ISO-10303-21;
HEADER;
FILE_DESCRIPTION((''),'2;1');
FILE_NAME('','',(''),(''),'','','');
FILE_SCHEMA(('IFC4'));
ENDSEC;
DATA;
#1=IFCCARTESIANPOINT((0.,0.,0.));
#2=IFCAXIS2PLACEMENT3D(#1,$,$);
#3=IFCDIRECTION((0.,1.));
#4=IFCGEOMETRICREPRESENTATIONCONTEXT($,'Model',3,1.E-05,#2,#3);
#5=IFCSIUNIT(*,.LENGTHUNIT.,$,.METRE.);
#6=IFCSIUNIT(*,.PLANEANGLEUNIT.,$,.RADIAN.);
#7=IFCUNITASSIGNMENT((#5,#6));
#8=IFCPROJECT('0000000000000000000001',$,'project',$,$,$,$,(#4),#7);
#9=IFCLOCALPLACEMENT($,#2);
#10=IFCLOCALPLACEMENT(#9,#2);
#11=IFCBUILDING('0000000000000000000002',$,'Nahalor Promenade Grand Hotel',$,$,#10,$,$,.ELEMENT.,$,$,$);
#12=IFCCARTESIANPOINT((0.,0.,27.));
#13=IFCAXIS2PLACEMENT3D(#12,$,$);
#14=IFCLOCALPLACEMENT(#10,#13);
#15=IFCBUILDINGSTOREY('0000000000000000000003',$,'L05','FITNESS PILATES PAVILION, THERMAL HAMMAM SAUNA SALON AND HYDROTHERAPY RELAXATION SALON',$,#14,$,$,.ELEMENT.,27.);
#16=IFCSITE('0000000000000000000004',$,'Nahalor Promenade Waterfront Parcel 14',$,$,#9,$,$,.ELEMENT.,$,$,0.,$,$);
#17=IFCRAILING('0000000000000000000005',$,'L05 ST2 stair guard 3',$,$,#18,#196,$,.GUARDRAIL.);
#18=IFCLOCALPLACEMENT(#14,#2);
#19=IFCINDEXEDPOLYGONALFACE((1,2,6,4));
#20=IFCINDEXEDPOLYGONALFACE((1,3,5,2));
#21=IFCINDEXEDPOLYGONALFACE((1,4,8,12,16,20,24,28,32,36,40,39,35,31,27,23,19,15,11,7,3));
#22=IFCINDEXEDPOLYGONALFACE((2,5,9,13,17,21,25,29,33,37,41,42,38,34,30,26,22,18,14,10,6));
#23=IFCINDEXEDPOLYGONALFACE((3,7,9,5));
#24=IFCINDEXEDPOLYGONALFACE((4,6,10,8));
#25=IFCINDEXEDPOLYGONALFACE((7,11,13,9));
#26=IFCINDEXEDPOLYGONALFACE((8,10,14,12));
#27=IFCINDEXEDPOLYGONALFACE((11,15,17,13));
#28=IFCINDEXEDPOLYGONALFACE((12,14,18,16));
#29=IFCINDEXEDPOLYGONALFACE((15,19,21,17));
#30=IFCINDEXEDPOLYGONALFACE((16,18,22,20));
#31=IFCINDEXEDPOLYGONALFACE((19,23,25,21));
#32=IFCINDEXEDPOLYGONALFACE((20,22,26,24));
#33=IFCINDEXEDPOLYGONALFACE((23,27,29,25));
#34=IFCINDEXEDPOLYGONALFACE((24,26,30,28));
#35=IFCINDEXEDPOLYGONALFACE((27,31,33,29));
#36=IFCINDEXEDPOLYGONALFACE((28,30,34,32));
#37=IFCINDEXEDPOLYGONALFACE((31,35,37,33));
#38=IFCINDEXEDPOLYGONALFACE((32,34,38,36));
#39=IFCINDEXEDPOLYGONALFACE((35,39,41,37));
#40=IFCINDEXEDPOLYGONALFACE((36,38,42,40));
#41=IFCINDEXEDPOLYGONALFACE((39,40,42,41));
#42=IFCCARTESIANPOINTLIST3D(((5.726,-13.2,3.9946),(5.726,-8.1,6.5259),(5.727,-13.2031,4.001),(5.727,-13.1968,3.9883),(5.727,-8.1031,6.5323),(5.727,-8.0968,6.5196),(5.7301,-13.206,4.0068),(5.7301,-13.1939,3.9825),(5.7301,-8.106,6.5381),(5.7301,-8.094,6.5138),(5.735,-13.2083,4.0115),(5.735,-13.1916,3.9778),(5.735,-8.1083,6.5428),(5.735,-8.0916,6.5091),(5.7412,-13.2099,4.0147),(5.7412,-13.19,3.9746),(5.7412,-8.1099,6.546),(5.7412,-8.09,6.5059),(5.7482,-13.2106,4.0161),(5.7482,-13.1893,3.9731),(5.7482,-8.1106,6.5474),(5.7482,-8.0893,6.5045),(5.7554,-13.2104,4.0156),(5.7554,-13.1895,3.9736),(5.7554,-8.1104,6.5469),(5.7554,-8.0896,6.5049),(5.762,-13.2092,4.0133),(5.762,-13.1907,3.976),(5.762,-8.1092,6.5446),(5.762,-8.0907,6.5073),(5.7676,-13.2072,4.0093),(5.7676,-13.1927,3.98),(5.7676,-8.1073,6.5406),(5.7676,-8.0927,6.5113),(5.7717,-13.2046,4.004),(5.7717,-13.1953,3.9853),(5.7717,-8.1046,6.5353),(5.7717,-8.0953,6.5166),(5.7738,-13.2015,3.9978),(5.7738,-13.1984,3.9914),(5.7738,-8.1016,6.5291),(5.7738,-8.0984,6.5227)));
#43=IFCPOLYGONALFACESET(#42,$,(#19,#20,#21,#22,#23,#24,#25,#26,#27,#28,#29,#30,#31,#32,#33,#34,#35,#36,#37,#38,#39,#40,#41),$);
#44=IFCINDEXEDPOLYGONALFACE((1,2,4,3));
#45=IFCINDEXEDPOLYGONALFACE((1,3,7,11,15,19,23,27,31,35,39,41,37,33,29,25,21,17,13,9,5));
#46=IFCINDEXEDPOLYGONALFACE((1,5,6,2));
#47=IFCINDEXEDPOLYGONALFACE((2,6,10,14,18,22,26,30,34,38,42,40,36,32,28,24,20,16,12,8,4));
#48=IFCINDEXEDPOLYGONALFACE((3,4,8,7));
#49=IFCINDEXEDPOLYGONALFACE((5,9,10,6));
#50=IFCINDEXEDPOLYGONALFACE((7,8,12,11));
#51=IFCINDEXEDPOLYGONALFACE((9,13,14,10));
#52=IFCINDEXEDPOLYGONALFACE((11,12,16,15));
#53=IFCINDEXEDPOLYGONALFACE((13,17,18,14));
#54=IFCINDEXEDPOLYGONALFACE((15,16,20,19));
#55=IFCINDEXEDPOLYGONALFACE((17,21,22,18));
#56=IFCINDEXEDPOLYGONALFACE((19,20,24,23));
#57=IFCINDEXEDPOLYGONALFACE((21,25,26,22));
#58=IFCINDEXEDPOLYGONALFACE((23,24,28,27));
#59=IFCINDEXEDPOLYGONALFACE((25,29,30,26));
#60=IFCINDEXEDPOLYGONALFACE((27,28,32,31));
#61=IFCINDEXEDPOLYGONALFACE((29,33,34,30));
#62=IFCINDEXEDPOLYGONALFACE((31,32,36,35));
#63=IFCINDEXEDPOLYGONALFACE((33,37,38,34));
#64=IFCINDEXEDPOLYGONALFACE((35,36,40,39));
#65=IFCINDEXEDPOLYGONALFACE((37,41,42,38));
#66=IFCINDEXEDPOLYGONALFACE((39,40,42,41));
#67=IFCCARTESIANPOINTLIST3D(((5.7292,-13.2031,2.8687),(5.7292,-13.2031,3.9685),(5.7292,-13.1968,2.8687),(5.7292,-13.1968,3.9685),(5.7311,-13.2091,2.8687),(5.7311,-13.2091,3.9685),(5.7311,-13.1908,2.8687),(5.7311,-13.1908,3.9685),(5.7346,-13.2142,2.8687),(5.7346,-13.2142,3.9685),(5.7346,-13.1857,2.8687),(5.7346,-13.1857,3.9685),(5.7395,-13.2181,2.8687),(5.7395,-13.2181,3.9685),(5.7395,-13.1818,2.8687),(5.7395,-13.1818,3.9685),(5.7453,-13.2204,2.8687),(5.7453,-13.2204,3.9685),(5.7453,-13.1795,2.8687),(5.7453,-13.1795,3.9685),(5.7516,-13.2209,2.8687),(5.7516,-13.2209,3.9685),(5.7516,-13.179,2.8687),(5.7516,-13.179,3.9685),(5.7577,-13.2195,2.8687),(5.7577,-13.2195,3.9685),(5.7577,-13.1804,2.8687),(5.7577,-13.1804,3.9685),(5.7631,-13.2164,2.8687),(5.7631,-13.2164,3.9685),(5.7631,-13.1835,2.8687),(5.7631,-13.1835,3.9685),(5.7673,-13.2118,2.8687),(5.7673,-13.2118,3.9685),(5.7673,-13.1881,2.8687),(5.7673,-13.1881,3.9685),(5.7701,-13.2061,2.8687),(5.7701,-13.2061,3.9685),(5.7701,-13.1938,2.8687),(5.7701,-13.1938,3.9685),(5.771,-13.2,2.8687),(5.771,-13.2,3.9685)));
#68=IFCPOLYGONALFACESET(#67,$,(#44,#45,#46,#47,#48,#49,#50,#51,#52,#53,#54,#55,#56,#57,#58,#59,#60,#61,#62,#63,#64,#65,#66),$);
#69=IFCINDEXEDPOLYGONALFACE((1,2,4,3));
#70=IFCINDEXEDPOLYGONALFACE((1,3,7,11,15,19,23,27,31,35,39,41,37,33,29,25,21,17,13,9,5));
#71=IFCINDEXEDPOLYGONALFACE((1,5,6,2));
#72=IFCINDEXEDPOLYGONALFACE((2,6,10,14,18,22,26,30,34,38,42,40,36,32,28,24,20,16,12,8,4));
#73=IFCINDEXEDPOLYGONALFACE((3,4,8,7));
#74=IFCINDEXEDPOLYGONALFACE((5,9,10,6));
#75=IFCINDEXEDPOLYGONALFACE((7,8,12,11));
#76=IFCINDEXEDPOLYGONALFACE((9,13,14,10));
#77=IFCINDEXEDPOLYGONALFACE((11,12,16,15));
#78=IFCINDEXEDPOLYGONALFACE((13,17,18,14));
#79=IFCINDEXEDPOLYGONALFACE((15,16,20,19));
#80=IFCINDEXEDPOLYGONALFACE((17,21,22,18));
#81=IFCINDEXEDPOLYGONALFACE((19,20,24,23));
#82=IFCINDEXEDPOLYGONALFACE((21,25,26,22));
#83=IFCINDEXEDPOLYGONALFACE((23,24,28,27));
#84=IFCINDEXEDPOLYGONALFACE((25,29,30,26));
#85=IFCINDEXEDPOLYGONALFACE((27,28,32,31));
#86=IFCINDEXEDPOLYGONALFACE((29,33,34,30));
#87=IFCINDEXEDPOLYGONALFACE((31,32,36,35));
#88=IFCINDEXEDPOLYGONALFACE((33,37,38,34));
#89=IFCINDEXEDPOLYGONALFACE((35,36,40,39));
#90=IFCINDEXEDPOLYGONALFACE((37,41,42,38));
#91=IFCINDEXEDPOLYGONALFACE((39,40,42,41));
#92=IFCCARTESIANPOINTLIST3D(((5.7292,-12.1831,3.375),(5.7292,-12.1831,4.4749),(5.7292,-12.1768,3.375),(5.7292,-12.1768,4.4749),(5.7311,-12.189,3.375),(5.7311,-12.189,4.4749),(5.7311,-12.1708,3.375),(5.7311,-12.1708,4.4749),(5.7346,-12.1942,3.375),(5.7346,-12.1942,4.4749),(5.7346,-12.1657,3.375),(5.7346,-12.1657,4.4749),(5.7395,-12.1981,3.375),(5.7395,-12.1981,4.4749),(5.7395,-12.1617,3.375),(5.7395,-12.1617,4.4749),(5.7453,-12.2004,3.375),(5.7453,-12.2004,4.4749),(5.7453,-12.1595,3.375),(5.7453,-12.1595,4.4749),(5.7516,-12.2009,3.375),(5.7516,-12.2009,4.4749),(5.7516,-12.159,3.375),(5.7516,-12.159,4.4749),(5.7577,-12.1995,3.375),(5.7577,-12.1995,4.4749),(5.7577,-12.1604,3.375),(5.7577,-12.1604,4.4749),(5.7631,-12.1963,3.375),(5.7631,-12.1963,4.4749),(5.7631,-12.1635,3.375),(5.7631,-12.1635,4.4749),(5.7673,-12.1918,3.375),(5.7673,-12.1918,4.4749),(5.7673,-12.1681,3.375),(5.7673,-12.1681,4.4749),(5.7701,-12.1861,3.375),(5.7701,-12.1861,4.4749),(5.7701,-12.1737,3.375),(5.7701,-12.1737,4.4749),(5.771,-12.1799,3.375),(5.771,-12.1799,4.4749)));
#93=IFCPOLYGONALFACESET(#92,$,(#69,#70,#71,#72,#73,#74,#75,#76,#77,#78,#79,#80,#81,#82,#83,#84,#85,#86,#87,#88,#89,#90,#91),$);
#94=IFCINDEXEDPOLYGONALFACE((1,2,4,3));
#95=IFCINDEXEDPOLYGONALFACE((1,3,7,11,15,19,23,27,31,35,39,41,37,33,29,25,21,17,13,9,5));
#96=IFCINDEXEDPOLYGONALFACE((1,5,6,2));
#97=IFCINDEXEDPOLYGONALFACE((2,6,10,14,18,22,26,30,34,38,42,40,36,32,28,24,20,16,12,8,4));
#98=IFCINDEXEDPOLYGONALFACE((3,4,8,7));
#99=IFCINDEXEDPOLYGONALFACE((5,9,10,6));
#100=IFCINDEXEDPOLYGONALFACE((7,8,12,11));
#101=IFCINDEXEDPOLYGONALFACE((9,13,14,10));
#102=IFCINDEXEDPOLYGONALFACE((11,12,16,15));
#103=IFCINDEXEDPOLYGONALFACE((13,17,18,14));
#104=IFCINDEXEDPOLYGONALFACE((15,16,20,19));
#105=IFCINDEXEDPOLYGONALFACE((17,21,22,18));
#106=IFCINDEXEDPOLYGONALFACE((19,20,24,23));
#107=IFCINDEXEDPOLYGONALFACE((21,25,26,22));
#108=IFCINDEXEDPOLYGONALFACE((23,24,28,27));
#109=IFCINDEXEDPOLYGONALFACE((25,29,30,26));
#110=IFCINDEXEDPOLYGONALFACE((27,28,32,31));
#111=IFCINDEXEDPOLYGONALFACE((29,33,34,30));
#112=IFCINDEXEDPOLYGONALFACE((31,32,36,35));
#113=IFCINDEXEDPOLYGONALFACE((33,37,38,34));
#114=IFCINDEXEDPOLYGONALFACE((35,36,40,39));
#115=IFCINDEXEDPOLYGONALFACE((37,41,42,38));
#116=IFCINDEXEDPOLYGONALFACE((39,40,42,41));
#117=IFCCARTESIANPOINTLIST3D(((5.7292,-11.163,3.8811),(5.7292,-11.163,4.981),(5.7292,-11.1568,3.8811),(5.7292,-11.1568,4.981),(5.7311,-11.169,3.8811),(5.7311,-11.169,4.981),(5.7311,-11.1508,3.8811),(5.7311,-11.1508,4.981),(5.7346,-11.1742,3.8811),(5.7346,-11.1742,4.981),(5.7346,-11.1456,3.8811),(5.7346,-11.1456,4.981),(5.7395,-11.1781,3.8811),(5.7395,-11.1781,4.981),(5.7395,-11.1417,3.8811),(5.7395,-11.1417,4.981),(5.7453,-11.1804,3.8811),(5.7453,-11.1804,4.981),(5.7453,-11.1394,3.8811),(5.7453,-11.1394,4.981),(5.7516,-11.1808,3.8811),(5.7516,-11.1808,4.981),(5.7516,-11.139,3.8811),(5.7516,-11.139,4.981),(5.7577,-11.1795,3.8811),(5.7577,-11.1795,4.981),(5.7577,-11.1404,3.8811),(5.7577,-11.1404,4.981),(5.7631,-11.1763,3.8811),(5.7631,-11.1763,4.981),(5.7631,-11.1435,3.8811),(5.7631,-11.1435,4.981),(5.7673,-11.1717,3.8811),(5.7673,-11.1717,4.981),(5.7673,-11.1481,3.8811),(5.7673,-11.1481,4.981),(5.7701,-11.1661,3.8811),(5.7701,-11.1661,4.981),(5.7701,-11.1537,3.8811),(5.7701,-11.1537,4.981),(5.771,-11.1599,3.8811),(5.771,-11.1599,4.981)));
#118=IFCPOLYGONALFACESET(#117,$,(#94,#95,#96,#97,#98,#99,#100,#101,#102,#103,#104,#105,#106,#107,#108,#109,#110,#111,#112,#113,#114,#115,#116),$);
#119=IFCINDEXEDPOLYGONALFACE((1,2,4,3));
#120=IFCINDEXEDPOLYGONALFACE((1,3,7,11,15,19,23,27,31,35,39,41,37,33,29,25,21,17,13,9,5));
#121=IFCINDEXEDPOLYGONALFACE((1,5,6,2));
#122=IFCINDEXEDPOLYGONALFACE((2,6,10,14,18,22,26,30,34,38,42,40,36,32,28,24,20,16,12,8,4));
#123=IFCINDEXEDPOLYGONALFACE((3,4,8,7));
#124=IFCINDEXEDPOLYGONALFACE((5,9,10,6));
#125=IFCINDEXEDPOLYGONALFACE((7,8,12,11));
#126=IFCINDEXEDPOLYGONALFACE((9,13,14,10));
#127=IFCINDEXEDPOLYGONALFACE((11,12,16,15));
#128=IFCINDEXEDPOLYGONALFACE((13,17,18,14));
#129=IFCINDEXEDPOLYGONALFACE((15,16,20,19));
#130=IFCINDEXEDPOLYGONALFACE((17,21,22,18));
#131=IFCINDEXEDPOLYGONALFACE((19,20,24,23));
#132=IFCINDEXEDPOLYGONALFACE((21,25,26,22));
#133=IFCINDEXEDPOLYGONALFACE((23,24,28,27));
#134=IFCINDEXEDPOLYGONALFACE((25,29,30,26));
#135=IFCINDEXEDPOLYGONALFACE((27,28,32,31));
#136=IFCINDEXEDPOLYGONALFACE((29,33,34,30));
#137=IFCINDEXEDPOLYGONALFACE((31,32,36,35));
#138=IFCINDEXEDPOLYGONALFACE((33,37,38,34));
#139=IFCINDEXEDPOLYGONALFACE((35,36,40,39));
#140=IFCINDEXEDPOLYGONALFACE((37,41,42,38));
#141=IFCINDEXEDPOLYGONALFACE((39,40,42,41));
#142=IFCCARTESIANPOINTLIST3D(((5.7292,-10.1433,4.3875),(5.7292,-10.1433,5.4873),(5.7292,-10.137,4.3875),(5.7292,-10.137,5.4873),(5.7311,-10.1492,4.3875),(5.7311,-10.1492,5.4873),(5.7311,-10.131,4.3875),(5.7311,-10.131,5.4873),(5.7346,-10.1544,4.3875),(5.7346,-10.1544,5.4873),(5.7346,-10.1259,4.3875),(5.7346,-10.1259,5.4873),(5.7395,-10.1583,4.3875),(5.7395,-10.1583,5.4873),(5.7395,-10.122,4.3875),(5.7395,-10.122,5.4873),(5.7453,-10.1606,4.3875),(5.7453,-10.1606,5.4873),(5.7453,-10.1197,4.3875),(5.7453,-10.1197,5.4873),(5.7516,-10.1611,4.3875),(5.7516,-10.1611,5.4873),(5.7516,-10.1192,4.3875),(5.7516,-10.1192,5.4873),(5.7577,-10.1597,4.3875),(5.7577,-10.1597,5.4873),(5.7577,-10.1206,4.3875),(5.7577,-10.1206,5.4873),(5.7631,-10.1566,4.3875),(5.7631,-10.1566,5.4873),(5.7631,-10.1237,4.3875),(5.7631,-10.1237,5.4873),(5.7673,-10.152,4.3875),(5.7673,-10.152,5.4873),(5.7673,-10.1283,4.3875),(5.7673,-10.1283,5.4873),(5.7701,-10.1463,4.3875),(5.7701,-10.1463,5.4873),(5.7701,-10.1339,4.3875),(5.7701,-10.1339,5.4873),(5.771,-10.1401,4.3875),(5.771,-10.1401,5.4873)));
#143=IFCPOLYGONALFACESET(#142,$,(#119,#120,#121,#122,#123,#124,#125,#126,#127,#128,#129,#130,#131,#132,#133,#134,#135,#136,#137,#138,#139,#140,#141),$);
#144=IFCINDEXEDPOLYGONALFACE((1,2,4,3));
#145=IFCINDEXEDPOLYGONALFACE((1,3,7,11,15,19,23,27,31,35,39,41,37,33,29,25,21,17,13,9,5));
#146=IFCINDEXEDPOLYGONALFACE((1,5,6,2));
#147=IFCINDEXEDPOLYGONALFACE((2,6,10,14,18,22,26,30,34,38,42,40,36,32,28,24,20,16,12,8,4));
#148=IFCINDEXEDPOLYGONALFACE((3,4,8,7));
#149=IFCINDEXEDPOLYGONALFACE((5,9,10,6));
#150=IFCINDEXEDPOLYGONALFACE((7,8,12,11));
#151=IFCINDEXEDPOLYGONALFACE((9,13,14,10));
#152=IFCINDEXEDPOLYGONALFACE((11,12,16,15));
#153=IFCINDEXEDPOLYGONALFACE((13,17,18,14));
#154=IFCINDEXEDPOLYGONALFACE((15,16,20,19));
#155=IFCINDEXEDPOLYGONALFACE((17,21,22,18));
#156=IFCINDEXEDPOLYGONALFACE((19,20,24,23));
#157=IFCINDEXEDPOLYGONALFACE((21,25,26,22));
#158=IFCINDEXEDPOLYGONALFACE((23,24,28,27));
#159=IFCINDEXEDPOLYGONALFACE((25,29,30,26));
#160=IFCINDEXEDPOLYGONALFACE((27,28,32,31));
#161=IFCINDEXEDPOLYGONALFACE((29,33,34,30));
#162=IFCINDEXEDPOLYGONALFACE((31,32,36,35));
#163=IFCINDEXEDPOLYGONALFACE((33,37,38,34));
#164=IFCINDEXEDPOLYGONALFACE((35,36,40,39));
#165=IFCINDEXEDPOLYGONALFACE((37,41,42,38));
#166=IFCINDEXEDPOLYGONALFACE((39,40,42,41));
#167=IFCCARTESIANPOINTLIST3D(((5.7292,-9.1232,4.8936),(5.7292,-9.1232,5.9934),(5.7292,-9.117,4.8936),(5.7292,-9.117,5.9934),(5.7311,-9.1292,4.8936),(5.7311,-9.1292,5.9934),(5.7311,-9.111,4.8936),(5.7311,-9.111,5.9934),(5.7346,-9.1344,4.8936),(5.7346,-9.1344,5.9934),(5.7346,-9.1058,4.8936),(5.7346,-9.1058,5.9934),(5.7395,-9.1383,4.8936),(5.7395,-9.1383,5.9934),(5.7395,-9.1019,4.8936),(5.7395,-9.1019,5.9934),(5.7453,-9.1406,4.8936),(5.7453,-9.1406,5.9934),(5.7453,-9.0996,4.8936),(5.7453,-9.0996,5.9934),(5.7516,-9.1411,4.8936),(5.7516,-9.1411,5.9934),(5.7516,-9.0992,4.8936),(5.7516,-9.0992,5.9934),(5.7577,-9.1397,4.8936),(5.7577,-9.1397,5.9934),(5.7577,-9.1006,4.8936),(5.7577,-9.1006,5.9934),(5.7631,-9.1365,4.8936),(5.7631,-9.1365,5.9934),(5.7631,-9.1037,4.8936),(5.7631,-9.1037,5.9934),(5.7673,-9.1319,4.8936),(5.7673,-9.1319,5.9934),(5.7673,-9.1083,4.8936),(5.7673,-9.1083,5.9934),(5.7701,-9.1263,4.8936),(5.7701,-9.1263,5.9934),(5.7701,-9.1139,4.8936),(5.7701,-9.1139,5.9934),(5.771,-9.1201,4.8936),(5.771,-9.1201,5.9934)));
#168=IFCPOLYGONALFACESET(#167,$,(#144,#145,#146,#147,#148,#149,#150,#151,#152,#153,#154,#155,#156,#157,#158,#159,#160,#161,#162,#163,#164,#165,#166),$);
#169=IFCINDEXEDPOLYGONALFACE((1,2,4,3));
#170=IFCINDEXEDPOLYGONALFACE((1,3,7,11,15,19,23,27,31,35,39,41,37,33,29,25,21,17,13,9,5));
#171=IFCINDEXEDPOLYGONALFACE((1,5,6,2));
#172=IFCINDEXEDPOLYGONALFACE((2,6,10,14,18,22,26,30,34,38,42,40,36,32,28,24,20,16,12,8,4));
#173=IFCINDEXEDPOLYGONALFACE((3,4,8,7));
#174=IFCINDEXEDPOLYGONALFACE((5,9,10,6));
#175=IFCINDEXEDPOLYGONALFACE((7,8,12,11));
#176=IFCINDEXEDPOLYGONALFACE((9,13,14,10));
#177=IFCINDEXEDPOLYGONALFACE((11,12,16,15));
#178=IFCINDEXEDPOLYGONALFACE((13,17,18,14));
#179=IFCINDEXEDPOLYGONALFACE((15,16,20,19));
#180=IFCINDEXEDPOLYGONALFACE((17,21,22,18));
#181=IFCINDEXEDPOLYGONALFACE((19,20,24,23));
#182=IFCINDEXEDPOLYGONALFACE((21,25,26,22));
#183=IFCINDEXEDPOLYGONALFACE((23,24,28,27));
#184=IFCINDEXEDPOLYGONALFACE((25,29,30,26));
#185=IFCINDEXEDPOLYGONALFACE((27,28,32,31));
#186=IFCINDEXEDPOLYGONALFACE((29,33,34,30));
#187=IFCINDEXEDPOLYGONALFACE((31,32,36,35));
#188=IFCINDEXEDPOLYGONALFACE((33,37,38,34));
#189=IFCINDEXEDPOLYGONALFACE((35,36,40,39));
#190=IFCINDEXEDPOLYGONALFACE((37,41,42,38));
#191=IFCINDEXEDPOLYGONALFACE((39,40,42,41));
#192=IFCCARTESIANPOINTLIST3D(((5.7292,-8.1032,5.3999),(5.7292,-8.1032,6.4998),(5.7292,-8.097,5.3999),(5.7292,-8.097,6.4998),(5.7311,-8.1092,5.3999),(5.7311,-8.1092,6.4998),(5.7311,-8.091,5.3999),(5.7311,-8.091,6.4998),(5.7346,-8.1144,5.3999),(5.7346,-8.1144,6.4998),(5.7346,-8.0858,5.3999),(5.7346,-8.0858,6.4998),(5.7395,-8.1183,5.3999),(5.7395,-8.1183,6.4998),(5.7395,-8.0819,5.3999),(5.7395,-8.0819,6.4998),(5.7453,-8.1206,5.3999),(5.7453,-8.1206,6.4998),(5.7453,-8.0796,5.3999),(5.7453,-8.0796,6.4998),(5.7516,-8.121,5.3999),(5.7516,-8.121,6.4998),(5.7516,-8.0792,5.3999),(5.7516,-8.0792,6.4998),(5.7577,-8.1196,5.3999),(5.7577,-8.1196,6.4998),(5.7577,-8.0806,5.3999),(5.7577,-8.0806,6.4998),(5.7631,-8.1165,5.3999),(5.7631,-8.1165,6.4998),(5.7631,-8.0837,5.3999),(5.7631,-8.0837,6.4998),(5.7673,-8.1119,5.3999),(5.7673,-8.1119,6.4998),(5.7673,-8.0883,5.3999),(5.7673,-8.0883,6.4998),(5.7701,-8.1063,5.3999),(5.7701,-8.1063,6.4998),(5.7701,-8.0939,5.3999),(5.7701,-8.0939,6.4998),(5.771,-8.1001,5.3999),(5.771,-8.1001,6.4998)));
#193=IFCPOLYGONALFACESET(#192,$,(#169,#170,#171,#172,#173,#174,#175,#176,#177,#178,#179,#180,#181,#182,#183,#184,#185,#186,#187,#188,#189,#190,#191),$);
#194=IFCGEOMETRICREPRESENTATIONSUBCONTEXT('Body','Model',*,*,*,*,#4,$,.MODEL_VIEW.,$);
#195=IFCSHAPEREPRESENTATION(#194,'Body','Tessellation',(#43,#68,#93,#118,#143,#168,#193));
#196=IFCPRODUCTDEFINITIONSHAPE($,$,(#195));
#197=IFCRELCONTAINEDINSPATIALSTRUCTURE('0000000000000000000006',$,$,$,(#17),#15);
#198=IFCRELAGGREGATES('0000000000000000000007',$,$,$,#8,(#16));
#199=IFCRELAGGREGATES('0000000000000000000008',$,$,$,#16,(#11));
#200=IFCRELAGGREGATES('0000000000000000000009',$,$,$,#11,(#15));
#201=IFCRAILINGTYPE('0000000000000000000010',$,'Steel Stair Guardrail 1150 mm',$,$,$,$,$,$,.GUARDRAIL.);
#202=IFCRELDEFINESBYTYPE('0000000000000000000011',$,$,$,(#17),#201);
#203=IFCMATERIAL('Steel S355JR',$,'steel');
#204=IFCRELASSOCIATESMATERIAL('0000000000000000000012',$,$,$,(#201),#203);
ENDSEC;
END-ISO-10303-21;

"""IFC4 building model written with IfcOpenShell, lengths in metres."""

from ifc_helpers import new_model, si_unit, direction, frame, origin, origin_2d, place, context, subcontext, project, spatial, circle, extrude, material, type_object, element, save


model = new_model("IFC4")

# Units and contexts
model_context = context("Model", 3, precision=1e-05, world=origin(), true_north=direction((0.0, 1.0)))
body_context = subcontext(model_context, "Body", "Model", "MODEL_VIEW")
ifc_project = project(units=[si_unit("LENGTHUNIT", "METRE"), si_unit("PLANEANGLEUNIT", "RADIAN")], contexts=[model_context])

# Site, building, storey
site_placement = place(None, origin())
site = spatial("IfcSite", under=ifc_project, at=site_placement, Name="Nahalor Promenade Waterfront Parcel 14", CompositionType="ELEMENT", RefElevation=0.0)
building_placement = place(site_placement, origin())
building = spatial("IfcBuilding", under=site, at=building_placement, Name="Nahalor Promenade Grand Hotel", CompositionType="ELEMENT")
storey_placement = place(building_placement, frame((0.0, 0.0, 27.0)))
storey = spatial("IfcBuildingStorey", under=building, at=storey_placement, Name="L05", Description="FITNESS PILATES PAVILION, THERMAL HAMMAM SAUNA SALON AND HYDROTHERAPY RELAXATION SALON", CompositionType="ELEMENT", Elevation=27.0)

# Shared definitions
ifc_material_1 = material(Name="Steel S355JR", Category="steel")

# Railing
railing_type_1 = type_object("IfcRailingType", Name="Steel Stair Guardrail 1150 mm", PredefinedType="GUARDRAIL", material=ifc_material_1)
railing_1_placement = place(storey_placement, frame((5.75, -13.2, 2.8687)))
element("IfcRailing", 1, at=railing_1_placement, inside=storey, type_object=railing_type_1, Name="L05 ST2 stair guard 3", PredefinedType="GUARDRAIL", context=body_context, shape_type="SweptSolid", body=[
    extrude(circle(Radius=0.024, at=origin_2d()), frame((0.0, 0.0, 1.126), z_axis=(0.0, 0.895735, 0.444587), x_axis=(-1.0, 0.0, 0.0)), (0.0, 0.0, 1.0), 5.6936),
    extrude(circle(Radius=0.021, at=origin_2d()), origin(), (0.0, 0.0, 1.0), 1.0999),
    extrude(circle(Radius=0.021, at=origin_2d()), frame((0.0, 1.02, 0.5063)), (0.0, 0.0, 1.0), 1.0999),
    extrude(circle(Radius=0.021, at=origin_2d()), frame((0.0, 2.04, 1.0125)), (0.0, 0.0, 1.0), 1.0999),
    extrude(circle(Radius=0.021, at=origin_2d()), frame((0.0, 3.0598, 1.5188)), (0.0, 0.0, 1.0), 1.0999),
    extrude(circle(Radius=0.021, at=origin_2d()), frame((0.0, 4.0798, 2.0249)), (0.0, 0.0, 1.0), 1.0999),
    extrude(circle(Radius=0.021, at=origin_2d()), frame((0.0, 5.0999, 2.5312)), (0.0, 0.0, 1.0), 1.0999),
])

save(model, "model.ifc")
